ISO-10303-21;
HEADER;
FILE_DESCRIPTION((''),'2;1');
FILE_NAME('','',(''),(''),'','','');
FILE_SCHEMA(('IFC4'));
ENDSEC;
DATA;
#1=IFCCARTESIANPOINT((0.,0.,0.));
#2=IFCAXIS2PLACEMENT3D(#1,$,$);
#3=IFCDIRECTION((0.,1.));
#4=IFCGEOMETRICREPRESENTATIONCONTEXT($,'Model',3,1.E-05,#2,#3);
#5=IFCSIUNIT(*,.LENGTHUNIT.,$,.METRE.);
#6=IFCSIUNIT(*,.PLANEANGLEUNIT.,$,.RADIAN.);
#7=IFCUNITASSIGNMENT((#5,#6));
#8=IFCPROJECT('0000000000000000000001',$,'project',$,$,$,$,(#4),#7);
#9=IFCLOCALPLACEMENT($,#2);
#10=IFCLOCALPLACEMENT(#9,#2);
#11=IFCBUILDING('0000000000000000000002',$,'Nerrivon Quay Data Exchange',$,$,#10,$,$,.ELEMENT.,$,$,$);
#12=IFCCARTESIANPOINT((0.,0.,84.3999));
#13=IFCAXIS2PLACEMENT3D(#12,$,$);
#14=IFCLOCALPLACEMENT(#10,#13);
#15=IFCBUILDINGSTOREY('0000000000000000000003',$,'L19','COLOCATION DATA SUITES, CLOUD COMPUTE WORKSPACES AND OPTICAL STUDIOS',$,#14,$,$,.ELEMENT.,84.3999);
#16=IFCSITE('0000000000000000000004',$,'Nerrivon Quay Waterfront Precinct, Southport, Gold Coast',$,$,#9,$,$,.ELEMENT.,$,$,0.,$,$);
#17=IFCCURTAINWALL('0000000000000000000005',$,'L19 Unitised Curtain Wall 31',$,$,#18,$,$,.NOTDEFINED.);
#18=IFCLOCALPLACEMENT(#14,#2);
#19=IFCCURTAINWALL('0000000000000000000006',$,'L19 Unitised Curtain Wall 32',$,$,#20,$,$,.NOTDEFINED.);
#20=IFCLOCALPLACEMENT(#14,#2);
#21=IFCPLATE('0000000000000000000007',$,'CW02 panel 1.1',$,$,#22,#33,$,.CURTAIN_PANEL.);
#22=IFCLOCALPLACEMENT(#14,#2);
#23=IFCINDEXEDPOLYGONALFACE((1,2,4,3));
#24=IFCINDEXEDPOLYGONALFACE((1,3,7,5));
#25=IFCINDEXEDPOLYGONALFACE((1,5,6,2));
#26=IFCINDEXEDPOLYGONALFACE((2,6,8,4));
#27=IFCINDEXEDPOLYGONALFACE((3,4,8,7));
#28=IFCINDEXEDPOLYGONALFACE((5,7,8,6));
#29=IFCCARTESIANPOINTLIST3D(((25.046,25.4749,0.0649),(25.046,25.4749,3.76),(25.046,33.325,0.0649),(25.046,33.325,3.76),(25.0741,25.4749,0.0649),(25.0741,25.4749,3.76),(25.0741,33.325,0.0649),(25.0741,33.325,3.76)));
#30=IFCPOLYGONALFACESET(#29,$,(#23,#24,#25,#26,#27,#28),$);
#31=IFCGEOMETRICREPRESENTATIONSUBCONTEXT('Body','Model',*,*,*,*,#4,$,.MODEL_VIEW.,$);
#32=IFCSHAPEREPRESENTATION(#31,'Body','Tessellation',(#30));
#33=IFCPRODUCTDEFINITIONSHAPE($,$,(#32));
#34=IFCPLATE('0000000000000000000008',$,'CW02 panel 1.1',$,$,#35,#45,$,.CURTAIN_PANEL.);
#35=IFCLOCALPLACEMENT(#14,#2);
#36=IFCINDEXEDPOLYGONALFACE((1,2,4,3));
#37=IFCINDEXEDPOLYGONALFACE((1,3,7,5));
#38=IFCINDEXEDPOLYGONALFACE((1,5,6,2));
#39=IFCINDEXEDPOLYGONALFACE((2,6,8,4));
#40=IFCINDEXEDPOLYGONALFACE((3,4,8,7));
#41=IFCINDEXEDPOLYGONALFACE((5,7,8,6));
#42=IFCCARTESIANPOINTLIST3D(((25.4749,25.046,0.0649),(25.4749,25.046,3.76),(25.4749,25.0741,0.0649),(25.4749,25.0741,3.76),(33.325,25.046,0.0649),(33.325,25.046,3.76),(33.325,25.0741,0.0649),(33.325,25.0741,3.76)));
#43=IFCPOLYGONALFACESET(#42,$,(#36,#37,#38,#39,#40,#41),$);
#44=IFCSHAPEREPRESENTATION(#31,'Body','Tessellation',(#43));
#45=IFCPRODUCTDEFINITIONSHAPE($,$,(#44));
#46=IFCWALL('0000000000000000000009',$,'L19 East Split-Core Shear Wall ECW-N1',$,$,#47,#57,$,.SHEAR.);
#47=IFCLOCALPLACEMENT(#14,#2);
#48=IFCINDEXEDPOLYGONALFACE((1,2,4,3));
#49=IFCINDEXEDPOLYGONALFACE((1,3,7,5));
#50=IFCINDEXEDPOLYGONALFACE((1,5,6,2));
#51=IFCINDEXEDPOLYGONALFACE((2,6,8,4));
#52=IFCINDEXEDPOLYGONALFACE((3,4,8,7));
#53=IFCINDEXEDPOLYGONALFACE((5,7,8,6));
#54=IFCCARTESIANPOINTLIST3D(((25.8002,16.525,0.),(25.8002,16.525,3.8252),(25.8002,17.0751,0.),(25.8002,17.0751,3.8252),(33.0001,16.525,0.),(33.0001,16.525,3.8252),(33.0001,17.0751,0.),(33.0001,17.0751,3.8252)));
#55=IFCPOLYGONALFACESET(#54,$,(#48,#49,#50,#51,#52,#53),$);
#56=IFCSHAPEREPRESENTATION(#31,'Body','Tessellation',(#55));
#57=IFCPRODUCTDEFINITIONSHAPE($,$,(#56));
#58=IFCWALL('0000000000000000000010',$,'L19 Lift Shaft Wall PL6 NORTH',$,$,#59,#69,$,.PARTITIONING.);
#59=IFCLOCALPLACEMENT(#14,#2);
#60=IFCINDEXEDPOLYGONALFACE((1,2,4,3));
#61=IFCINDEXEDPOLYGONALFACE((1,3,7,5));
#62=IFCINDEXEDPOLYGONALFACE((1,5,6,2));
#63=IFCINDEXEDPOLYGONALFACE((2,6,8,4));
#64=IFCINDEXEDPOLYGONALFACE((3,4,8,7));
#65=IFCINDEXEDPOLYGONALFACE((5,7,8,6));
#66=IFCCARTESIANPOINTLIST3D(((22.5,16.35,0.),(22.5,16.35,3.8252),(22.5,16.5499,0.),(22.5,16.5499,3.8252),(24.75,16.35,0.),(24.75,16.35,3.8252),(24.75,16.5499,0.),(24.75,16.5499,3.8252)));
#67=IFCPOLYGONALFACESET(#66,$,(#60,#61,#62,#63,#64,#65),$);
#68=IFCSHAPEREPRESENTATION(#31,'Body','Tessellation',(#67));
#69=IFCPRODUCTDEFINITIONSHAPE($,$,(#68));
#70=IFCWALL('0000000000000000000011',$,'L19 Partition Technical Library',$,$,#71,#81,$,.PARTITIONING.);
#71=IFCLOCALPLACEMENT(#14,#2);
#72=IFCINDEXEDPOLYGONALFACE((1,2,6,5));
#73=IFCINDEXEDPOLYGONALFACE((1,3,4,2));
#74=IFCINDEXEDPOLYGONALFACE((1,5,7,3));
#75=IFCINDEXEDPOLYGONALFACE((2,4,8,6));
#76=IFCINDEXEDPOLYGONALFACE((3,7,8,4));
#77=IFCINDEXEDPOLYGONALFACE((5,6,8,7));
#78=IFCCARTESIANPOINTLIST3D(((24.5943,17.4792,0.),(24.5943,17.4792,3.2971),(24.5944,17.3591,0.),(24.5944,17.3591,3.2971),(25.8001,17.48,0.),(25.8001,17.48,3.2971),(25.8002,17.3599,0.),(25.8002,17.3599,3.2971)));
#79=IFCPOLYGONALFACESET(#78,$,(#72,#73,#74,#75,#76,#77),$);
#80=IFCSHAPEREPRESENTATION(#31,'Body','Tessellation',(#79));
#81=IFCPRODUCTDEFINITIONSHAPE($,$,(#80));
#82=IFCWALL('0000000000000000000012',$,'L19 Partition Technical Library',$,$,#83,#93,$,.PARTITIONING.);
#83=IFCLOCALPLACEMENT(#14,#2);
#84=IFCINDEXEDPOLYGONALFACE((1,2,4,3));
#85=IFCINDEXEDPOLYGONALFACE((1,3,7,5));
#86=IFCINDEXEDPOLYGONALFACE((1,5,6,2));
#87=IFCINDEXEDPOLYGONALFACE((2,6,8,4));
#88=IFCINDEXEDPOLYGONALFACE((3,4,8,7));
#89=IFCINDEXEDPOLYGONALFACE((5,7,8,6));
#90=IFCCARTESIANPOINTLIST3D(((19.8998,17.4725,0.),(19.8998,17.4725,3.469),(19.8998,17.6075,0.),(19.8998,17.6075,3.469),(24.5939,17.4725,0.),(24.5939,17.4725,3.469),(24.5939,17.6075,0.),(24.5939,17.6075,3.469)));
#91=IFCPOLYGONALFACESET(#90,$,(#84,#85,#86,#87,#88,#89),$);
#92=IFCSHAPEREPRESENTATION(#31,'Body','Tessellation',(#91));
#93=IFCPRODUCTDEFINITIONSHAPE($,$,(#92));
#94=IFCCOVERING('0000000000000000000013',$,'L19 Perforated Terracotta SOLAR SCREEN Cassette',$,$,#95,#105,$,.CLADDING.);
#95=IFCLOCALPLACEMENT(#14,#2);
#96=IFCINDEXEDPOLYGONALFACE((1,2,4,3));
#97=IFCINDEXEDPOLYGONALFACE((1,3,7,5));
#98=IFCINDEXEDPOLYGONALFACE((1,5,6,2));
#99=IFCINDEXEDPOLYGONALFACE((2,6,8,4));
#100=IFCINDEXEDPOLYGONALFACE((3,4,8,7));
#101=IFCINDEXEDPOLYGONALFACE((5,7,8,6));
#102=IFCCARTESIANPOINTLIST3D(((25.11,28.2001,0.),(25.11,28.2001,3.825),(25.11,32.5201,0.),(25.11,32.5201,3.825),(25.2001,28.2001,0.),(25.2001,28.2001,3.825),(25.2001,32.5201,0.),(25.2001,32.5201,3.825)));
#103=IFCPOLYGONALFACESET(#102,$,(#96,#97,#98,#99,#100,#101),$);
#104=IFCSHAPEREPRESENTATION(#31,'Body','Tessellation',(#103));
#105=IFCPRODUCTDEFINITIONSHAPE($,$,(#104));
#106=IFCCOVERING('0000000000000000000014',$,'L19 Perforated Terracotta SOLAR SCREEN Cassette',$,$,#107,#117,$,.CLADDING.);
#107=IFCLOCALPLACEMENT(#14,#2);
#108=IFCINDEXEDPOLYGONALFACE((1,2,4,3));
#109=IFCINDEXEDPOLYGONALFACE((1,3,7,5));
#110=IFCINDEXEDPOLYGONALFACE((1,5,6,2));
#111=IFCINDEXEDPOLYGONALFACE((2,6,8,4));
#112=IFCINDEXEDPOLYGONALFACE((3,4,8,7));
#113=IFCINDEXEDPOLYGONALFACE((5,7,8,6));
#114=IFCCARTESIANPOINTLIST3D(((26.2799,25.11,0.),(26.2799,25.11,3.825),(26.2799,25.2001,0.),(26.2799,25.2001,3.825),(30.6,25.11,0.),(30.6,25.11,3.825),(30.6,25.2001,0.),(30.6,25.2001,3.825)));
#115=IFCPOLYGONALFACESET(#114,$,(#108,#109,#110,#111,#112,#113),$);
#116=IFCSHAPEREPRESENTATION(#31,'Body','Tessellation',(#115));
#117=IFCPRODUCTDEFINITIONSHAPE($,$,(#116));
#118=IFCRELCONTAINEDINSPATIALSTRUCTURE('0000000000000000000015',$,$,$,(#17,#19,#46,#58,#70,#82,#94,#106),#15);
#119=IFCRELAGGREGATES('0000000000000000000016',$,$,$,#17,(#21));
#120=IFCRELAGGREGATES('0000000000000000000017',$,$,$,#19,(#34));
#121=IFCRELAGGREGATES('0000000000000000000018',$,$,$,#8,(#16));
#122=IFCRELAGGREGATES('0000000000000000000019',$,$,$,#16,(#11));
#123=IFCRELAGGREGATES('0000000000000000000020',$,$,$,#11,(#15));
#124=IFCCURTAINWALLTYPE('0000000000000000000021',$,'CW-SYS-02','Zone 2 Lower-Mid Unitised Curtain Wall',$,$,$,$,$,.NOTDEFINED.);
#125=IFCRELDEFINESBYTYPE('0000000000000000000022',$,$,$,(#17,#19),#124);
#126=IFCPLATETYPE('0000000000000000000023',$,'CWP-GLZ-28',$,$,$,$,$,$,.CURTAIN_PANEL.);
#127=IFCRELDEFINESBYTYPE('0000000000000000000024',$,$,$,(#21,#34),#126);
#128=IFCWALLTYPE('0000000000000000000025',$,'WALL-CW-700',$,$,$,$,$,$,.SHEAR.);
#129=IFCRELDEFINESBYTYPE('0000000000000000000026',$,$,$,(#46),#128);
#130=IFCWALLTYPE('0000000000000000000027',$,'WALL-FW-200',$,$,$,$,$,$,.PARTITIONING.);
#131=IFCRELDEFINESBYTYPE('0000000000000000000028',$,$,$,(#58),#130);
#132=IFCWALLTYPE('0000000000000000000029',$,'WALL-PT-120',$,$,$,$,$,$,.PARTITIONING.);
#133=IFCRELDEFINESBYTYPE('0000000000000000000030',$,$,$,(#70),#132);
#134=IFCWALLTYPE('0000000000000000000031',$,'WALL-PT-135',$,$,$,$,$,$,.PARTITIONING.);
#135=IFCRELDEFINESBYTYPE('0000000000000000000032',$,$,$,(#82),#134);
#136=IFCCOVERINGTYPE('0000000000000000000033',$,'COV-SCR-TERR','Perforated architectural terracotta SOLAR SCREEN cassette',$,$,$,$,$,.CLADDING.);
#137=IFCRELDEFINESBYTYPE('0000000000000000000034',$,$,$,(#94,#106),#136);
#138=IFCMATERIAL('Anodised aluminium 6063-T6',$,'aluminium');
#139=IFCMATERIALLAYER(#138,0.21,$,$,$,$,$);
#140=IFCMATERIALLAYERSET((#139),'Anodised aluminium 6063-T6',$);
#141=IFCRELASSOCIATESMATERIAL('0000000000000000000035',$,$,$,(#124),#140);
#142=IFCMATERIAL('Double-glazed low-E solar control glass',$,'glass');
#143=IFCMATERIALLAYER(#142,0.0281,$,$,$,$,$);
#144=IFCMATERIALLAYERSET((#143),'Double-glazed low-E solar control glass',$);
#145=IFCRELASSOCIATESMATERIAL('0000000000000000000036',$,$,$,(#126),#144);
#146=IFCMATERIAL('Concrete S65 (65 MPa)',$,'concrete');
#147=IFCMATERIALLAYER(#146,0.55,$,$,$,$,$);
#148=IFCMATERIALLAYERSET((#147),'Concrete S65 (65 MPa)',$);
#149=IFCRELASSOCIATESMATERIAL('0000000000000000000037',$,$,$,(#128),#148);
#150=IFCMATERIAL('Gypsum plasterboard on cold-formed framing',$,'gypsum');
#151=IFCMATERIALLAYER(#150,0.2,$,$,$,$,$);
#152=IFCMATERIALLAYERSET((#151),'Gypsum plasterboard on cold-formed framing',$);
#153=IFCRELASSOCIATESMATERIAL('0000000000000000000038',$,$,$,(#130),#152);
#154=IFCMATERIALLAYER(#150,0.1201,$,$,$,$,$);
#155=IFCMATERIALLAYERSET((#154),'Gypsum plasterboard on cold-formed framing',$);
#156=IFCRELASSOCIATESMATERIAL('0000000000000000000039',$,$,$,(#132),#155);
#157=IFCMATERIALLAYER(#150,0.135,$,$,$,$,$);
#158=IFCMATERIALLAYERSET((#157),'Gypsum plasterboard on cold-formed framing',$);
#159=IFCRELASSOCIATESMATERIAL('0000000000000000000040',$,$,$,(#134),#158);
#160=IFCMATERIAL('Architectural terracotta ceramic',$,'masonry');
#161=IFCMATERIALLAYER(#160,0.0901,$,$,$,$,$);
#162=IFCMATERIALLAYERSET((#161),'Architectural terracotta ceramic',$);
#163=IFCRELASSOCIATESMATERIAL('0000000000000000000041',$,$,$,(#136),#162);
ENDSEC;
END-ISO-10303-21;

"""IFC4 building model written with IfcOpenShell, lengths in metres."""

from ifc_helpers import new_model, si_unit, direction, frame, frame_2d, origin, origin_2d, place, context, subcontext, project, spatial, rectangle, extrude, material, layer, layer_set, type_object, element, aggregate, save


model = new_model("IFC4")

# Units and contexts
model_context = context("Model", 3, precision=1e-05, world=origin(), true_north=direction((0.0, 1.0)))
body_context = subcontext(model_context, "Body", "Model", "MODEL_VIEW")
ifc_project = project(units=[si_unit("LENGTHUNIT", "METRE"), si_unit("PLANEANGLEUNIT", "RADIAN")], contexts=[model_context])

# Site, building, storey
site_placement = place(None, origin())
site = spatial("IfcSite", under=ifc_project, at=site_placement, Name="Nerrivon Quay Waterfront Precinct, Southport, Gold Coast", CompositionType="ELEMENT", RefElevation=0.0)
building_placement = place(site_placement, origin())
building = spatial("IfcBuilding", under=site, at=building_placement, Name="Nerrivon Quay Data Exchange", CompositionType="ELEMENT")
storey_placement = place(building_placement, frame((0.0, 0.0, 84.3999)))
storey = spatial("IfcBuildingStorey", under=building, at=storey_placement, Name="L19", Description="COLOCATION DATA SUITES, CLOUD COMPUTE WORKSPACES AND OPTICAL STUDIOS", CompositionType="ELEMENT", Elevation=84.3999)

# Shared definitions
ifc_material_1 = material(Name="Concrete S65 (65 MPa)", Category="concrete")

# Curtain walls
ifc_material_2 = material(Name="Anodised aluminium 6063-T6", Category="aluminium")
ifc_layer_1 = layer(ifc_material_2, 0.21)
ifc_layer_set_1 = layer_set([ifc_layer_1], Name="Anodised aluminium 6063-T6")
curtain_wall_type = type_object("IfcCurtainWallType", Name="CW-SYS-02", Description="Zone 2 Lower-Mid Unitised Curtain Wall", PredefinedType="NOTDEFINED", material=ifc_layer_set_1)
curtain_wall_1_placement = place(storey_placement, origin())
curtain_wall_1 = element("IfcCurtainWall", 1, at=curtain_wall_1_placement, inside=storey, type_object=curtain_wall_type, Name="L19 Unitised Curtain Wall 31", PredefinedType="NOTDEFINED")
curtain_wall_2_placement = place(storey_placement, origin())
curtain_wall_2 = element("IfcCurtainWall", 2, at=curtain_wall_2_placement, inside=storey, type_object=curtain_wall_type, Name="L19 Unitised Curtain Wall 32", PredefinedType="NOTDEFINED")

# Plates
ifc_material_3 = material(Name="Double-glazed low-E solar control glass", Category="glass")
ifc_layer_2 = layer(ifc_material_3, 0.0281)
ifc_layer_set_2 = layer_set([ifc_layer_2], Name="Double-glazed low-E solar control glass")
plate_type = type_object("IfcPlateType", Name="CWP-GLZ-28", PredefinedType="CURTAIN_PANEL", material=ifc_layer_set_2)
plate_1_placement = place(storey_placement, frame((25.0601, 29.3999, 0.0649), z_axis=(0.0, 0.0, 1.0), x_axis=(0.0, -1.0, 0.0)))
plate_1 = element("IfcPlate", 3, at=plate_1_placement, type_object=plate_type, Name="CW02 panel 1.1", PredefinedType="CURTAIN_PANEL", context=body_context, shape_type="SweptSolid", body=[
    extrude(rectangle(XDim=7.8501, YDim=0.0281, at=origin_2d()), origin(), (0.0, 0.0, 1.0), 3.6951),
])
aggregate(curtain_wall_1, [plate_1])
plate_2_placement = place(storey_placement, frame((29.3999, 25.0601, 0.0649), z_axis=(0.0, 0.0, 1.0), x_axis=(1.0, 0.0, 0.0)))
plate_2 = element("IfcPlate", 4, at=plate_2_placement, type_object=plate_type, Name="CW02 panel 1.1", PredefinedType="CURTAIN_PANEL", context=body_context, shape_type="SweptSolid", body=[
    extrude(rectangle(XDim=7.8501, YDim=0.0281, at=origin_2d()), origin(), (0.0, 0.0, 1.0), 3.6951),
])
aggregate(curtain_wall_2, [plate_2])

# Walls
ifc_layer_3 = layer(ifc_material_1, 0.55)
ifc_layer_set_3 = layer_set([ifc_layer_3], Name="Concrete S65 (65 MPa)")
wall_type_1 = type_object("IfcWallType", Name="WALL-CW-700", PredefinedType="SHEAR", material=ifc_layer_set_3)
wall_1_placement = place(storey_placement, frame((25.8, 16.8, 0.0), z_axis=(0.0, 0.0, 1.0), x_axis=(1.0, 0.0, 0.0)))
element("IfcWall", 5, at=wall_1_placement, inside=storey, type_object=wall_type_1, Name="L19 East Split-Core Shear Wall ECW-N1", PredefinedType="SHEAR", context=body_context, shape_type="SweptSolid", body=[
    extrude(rectangle(XDim=7.2, YDim=0.55, at=frame_2d((3.6001, 0.0))), origin(), (0.0, 0.0, 1.0), 3.8252),
])
ifc_material_4 = material(Name="Gypsum plasterboard on cold-formed framing", Category="gypsum")
ifc_layer_4 = layer(ifc_material_4, 0.2)
ifc_layer_set_4 = layer_set([ifc_layer_4], Name="Gypsum plasterboard on cold-formed framing")
wall_type_2 = type_object("IfcWallType", Name="WALL-FW-200", PredefinedType="PARTITIONING", material=ifc_layer_set_4)
wall_2_placement = place(storey_placement, frame((22.5, 16.45, 0.0), z_axis=(0.0, 0.0, 1.0), x_axis=(1.0, 0.0, 0.0)))
element("IfcWall", 6, at=wall_2_placement, inside=storey, type_object=wall_type_2, Name="L19 Lift Shaft Wall PL6 NORTH", PredefinedType="PARTITIONING", context=body_context, shape_type="SweptSolid", body=[
    extrude(rectangle(XDim=2.25, YDim=0.2, at=frame_2d((1.125, 0.0))), origin(), (0.0, 0.0, 1.0), 3.8252),
])
ifc_layer_5 = layer(ifc_material_4, 0.1201)
ifc_layer_set_5 = layer_set([ifc_layer_5], Name="Gypsum plasterboard on cold-formed framing")
wall_type_3 = type_object("IfcWallType", Name="WALL-PT-120", PredefinedType="PARTITIONING", material=ifc_layer_set_5)
wall_3_placement = place(storey_placement, frame((24.5942, 17.4192, 0.0), z_axis=(0.0, 0.0, 1.0), x_axis=(1.0, 0.000607, 0.0)))
element("IfcWall", 7, at=wall_3_placement, inside=storey, type_object=wall_type_3, Name="L19 Partition Technical Library", PredefinedType="PARTITIONING", context=body_context, shape_type="SweptSolid", body=[
    extrude(rectangle(XDim=1.2058, YDim=0.1201, at=frame_2d((0.603, 0.0))), origin(), (0.0, 0.0, 1.0), 3.2971),
])
ifc_layer_6 = layer(ifc_material_4, 0.135)
ifc_layer_set_6 = layer_set([ifc_layer_6], Name="Gypsum plasterboard on cold-formed framing")
wall_type_4 = type_object("IfcWallType", Name="WALL-PT-135", PredefinedType="PARTITIONING", material=ifc_layer_set_6)
wall_4_placement = place(storey_placement, frame((24.594, 17.54, 0.0), z_axis=(0.0, 0.0, 1.0), x_axis=(-1.0, 0.0, 0.0)))
element("IfcWall", 8, at=wall_4_placement, inside=storey, type_object=wall_type_4, Name="L19 Partition Technical Library", PredefinedType="PARTITIONING", context=body_context, shape_type="SweptSolid", body=[
    extrude(rectangle(XDim=4.6941, YDim=0.135, at=frame_2d((2.3472, 0.0))), origin(), (0.0, 0.0, 1.0), 3.469),
])

# Coverings
ifc_material_5 = material(Name="Architectural terracotta ceramic", Category="masonry")
ifc_layer_7 = layer(ifc_material_5, 0.0901)
ifc_layer_set_7 = layer_set([ifc_layer_7], Name="Architectural terracotta ceramic")
covering_type = type_object("IfcCoveringType", Name="COV-SCR-TERR", Description="Perforated architectural terracotta SOLAR SCREEN cassette", PredefinedType="CLADDING", material=ifc_layer_set_7)
for number, where, z_axis, x_axis, name in (
    (9, (25.155, 30.3601, 0.0), (0.0, 0.0, 1.0), (0.0, -1.0, 0.0), "L19 Perforated Terracotta SOLAR SCREEN Cassette"),
    (10, (28.4399, 25.155, 0.0), (0.0, 0.0, 1.0), (1.0, 0.0, 0.0), "L19 Perforated Terracotta SOLAR SCREEN Cassette"),
):
    element("IfcCovering", number, at=place(storey_placement, frame(where, z_axis=z_axis, x_axis=x_axis)), inside=storey, type_object=covering_type, Name=name, PredefinedType="CLADDING", context=body_context, shape_type="SweptSolid", body=[
        extrude(rectangle(XDim=4.3201, YDim=0.0901, at=origin_2d()), origin(), (0.0, 0.0, 1.0), 3.825),
    ])

save(model, "model.ifc")
